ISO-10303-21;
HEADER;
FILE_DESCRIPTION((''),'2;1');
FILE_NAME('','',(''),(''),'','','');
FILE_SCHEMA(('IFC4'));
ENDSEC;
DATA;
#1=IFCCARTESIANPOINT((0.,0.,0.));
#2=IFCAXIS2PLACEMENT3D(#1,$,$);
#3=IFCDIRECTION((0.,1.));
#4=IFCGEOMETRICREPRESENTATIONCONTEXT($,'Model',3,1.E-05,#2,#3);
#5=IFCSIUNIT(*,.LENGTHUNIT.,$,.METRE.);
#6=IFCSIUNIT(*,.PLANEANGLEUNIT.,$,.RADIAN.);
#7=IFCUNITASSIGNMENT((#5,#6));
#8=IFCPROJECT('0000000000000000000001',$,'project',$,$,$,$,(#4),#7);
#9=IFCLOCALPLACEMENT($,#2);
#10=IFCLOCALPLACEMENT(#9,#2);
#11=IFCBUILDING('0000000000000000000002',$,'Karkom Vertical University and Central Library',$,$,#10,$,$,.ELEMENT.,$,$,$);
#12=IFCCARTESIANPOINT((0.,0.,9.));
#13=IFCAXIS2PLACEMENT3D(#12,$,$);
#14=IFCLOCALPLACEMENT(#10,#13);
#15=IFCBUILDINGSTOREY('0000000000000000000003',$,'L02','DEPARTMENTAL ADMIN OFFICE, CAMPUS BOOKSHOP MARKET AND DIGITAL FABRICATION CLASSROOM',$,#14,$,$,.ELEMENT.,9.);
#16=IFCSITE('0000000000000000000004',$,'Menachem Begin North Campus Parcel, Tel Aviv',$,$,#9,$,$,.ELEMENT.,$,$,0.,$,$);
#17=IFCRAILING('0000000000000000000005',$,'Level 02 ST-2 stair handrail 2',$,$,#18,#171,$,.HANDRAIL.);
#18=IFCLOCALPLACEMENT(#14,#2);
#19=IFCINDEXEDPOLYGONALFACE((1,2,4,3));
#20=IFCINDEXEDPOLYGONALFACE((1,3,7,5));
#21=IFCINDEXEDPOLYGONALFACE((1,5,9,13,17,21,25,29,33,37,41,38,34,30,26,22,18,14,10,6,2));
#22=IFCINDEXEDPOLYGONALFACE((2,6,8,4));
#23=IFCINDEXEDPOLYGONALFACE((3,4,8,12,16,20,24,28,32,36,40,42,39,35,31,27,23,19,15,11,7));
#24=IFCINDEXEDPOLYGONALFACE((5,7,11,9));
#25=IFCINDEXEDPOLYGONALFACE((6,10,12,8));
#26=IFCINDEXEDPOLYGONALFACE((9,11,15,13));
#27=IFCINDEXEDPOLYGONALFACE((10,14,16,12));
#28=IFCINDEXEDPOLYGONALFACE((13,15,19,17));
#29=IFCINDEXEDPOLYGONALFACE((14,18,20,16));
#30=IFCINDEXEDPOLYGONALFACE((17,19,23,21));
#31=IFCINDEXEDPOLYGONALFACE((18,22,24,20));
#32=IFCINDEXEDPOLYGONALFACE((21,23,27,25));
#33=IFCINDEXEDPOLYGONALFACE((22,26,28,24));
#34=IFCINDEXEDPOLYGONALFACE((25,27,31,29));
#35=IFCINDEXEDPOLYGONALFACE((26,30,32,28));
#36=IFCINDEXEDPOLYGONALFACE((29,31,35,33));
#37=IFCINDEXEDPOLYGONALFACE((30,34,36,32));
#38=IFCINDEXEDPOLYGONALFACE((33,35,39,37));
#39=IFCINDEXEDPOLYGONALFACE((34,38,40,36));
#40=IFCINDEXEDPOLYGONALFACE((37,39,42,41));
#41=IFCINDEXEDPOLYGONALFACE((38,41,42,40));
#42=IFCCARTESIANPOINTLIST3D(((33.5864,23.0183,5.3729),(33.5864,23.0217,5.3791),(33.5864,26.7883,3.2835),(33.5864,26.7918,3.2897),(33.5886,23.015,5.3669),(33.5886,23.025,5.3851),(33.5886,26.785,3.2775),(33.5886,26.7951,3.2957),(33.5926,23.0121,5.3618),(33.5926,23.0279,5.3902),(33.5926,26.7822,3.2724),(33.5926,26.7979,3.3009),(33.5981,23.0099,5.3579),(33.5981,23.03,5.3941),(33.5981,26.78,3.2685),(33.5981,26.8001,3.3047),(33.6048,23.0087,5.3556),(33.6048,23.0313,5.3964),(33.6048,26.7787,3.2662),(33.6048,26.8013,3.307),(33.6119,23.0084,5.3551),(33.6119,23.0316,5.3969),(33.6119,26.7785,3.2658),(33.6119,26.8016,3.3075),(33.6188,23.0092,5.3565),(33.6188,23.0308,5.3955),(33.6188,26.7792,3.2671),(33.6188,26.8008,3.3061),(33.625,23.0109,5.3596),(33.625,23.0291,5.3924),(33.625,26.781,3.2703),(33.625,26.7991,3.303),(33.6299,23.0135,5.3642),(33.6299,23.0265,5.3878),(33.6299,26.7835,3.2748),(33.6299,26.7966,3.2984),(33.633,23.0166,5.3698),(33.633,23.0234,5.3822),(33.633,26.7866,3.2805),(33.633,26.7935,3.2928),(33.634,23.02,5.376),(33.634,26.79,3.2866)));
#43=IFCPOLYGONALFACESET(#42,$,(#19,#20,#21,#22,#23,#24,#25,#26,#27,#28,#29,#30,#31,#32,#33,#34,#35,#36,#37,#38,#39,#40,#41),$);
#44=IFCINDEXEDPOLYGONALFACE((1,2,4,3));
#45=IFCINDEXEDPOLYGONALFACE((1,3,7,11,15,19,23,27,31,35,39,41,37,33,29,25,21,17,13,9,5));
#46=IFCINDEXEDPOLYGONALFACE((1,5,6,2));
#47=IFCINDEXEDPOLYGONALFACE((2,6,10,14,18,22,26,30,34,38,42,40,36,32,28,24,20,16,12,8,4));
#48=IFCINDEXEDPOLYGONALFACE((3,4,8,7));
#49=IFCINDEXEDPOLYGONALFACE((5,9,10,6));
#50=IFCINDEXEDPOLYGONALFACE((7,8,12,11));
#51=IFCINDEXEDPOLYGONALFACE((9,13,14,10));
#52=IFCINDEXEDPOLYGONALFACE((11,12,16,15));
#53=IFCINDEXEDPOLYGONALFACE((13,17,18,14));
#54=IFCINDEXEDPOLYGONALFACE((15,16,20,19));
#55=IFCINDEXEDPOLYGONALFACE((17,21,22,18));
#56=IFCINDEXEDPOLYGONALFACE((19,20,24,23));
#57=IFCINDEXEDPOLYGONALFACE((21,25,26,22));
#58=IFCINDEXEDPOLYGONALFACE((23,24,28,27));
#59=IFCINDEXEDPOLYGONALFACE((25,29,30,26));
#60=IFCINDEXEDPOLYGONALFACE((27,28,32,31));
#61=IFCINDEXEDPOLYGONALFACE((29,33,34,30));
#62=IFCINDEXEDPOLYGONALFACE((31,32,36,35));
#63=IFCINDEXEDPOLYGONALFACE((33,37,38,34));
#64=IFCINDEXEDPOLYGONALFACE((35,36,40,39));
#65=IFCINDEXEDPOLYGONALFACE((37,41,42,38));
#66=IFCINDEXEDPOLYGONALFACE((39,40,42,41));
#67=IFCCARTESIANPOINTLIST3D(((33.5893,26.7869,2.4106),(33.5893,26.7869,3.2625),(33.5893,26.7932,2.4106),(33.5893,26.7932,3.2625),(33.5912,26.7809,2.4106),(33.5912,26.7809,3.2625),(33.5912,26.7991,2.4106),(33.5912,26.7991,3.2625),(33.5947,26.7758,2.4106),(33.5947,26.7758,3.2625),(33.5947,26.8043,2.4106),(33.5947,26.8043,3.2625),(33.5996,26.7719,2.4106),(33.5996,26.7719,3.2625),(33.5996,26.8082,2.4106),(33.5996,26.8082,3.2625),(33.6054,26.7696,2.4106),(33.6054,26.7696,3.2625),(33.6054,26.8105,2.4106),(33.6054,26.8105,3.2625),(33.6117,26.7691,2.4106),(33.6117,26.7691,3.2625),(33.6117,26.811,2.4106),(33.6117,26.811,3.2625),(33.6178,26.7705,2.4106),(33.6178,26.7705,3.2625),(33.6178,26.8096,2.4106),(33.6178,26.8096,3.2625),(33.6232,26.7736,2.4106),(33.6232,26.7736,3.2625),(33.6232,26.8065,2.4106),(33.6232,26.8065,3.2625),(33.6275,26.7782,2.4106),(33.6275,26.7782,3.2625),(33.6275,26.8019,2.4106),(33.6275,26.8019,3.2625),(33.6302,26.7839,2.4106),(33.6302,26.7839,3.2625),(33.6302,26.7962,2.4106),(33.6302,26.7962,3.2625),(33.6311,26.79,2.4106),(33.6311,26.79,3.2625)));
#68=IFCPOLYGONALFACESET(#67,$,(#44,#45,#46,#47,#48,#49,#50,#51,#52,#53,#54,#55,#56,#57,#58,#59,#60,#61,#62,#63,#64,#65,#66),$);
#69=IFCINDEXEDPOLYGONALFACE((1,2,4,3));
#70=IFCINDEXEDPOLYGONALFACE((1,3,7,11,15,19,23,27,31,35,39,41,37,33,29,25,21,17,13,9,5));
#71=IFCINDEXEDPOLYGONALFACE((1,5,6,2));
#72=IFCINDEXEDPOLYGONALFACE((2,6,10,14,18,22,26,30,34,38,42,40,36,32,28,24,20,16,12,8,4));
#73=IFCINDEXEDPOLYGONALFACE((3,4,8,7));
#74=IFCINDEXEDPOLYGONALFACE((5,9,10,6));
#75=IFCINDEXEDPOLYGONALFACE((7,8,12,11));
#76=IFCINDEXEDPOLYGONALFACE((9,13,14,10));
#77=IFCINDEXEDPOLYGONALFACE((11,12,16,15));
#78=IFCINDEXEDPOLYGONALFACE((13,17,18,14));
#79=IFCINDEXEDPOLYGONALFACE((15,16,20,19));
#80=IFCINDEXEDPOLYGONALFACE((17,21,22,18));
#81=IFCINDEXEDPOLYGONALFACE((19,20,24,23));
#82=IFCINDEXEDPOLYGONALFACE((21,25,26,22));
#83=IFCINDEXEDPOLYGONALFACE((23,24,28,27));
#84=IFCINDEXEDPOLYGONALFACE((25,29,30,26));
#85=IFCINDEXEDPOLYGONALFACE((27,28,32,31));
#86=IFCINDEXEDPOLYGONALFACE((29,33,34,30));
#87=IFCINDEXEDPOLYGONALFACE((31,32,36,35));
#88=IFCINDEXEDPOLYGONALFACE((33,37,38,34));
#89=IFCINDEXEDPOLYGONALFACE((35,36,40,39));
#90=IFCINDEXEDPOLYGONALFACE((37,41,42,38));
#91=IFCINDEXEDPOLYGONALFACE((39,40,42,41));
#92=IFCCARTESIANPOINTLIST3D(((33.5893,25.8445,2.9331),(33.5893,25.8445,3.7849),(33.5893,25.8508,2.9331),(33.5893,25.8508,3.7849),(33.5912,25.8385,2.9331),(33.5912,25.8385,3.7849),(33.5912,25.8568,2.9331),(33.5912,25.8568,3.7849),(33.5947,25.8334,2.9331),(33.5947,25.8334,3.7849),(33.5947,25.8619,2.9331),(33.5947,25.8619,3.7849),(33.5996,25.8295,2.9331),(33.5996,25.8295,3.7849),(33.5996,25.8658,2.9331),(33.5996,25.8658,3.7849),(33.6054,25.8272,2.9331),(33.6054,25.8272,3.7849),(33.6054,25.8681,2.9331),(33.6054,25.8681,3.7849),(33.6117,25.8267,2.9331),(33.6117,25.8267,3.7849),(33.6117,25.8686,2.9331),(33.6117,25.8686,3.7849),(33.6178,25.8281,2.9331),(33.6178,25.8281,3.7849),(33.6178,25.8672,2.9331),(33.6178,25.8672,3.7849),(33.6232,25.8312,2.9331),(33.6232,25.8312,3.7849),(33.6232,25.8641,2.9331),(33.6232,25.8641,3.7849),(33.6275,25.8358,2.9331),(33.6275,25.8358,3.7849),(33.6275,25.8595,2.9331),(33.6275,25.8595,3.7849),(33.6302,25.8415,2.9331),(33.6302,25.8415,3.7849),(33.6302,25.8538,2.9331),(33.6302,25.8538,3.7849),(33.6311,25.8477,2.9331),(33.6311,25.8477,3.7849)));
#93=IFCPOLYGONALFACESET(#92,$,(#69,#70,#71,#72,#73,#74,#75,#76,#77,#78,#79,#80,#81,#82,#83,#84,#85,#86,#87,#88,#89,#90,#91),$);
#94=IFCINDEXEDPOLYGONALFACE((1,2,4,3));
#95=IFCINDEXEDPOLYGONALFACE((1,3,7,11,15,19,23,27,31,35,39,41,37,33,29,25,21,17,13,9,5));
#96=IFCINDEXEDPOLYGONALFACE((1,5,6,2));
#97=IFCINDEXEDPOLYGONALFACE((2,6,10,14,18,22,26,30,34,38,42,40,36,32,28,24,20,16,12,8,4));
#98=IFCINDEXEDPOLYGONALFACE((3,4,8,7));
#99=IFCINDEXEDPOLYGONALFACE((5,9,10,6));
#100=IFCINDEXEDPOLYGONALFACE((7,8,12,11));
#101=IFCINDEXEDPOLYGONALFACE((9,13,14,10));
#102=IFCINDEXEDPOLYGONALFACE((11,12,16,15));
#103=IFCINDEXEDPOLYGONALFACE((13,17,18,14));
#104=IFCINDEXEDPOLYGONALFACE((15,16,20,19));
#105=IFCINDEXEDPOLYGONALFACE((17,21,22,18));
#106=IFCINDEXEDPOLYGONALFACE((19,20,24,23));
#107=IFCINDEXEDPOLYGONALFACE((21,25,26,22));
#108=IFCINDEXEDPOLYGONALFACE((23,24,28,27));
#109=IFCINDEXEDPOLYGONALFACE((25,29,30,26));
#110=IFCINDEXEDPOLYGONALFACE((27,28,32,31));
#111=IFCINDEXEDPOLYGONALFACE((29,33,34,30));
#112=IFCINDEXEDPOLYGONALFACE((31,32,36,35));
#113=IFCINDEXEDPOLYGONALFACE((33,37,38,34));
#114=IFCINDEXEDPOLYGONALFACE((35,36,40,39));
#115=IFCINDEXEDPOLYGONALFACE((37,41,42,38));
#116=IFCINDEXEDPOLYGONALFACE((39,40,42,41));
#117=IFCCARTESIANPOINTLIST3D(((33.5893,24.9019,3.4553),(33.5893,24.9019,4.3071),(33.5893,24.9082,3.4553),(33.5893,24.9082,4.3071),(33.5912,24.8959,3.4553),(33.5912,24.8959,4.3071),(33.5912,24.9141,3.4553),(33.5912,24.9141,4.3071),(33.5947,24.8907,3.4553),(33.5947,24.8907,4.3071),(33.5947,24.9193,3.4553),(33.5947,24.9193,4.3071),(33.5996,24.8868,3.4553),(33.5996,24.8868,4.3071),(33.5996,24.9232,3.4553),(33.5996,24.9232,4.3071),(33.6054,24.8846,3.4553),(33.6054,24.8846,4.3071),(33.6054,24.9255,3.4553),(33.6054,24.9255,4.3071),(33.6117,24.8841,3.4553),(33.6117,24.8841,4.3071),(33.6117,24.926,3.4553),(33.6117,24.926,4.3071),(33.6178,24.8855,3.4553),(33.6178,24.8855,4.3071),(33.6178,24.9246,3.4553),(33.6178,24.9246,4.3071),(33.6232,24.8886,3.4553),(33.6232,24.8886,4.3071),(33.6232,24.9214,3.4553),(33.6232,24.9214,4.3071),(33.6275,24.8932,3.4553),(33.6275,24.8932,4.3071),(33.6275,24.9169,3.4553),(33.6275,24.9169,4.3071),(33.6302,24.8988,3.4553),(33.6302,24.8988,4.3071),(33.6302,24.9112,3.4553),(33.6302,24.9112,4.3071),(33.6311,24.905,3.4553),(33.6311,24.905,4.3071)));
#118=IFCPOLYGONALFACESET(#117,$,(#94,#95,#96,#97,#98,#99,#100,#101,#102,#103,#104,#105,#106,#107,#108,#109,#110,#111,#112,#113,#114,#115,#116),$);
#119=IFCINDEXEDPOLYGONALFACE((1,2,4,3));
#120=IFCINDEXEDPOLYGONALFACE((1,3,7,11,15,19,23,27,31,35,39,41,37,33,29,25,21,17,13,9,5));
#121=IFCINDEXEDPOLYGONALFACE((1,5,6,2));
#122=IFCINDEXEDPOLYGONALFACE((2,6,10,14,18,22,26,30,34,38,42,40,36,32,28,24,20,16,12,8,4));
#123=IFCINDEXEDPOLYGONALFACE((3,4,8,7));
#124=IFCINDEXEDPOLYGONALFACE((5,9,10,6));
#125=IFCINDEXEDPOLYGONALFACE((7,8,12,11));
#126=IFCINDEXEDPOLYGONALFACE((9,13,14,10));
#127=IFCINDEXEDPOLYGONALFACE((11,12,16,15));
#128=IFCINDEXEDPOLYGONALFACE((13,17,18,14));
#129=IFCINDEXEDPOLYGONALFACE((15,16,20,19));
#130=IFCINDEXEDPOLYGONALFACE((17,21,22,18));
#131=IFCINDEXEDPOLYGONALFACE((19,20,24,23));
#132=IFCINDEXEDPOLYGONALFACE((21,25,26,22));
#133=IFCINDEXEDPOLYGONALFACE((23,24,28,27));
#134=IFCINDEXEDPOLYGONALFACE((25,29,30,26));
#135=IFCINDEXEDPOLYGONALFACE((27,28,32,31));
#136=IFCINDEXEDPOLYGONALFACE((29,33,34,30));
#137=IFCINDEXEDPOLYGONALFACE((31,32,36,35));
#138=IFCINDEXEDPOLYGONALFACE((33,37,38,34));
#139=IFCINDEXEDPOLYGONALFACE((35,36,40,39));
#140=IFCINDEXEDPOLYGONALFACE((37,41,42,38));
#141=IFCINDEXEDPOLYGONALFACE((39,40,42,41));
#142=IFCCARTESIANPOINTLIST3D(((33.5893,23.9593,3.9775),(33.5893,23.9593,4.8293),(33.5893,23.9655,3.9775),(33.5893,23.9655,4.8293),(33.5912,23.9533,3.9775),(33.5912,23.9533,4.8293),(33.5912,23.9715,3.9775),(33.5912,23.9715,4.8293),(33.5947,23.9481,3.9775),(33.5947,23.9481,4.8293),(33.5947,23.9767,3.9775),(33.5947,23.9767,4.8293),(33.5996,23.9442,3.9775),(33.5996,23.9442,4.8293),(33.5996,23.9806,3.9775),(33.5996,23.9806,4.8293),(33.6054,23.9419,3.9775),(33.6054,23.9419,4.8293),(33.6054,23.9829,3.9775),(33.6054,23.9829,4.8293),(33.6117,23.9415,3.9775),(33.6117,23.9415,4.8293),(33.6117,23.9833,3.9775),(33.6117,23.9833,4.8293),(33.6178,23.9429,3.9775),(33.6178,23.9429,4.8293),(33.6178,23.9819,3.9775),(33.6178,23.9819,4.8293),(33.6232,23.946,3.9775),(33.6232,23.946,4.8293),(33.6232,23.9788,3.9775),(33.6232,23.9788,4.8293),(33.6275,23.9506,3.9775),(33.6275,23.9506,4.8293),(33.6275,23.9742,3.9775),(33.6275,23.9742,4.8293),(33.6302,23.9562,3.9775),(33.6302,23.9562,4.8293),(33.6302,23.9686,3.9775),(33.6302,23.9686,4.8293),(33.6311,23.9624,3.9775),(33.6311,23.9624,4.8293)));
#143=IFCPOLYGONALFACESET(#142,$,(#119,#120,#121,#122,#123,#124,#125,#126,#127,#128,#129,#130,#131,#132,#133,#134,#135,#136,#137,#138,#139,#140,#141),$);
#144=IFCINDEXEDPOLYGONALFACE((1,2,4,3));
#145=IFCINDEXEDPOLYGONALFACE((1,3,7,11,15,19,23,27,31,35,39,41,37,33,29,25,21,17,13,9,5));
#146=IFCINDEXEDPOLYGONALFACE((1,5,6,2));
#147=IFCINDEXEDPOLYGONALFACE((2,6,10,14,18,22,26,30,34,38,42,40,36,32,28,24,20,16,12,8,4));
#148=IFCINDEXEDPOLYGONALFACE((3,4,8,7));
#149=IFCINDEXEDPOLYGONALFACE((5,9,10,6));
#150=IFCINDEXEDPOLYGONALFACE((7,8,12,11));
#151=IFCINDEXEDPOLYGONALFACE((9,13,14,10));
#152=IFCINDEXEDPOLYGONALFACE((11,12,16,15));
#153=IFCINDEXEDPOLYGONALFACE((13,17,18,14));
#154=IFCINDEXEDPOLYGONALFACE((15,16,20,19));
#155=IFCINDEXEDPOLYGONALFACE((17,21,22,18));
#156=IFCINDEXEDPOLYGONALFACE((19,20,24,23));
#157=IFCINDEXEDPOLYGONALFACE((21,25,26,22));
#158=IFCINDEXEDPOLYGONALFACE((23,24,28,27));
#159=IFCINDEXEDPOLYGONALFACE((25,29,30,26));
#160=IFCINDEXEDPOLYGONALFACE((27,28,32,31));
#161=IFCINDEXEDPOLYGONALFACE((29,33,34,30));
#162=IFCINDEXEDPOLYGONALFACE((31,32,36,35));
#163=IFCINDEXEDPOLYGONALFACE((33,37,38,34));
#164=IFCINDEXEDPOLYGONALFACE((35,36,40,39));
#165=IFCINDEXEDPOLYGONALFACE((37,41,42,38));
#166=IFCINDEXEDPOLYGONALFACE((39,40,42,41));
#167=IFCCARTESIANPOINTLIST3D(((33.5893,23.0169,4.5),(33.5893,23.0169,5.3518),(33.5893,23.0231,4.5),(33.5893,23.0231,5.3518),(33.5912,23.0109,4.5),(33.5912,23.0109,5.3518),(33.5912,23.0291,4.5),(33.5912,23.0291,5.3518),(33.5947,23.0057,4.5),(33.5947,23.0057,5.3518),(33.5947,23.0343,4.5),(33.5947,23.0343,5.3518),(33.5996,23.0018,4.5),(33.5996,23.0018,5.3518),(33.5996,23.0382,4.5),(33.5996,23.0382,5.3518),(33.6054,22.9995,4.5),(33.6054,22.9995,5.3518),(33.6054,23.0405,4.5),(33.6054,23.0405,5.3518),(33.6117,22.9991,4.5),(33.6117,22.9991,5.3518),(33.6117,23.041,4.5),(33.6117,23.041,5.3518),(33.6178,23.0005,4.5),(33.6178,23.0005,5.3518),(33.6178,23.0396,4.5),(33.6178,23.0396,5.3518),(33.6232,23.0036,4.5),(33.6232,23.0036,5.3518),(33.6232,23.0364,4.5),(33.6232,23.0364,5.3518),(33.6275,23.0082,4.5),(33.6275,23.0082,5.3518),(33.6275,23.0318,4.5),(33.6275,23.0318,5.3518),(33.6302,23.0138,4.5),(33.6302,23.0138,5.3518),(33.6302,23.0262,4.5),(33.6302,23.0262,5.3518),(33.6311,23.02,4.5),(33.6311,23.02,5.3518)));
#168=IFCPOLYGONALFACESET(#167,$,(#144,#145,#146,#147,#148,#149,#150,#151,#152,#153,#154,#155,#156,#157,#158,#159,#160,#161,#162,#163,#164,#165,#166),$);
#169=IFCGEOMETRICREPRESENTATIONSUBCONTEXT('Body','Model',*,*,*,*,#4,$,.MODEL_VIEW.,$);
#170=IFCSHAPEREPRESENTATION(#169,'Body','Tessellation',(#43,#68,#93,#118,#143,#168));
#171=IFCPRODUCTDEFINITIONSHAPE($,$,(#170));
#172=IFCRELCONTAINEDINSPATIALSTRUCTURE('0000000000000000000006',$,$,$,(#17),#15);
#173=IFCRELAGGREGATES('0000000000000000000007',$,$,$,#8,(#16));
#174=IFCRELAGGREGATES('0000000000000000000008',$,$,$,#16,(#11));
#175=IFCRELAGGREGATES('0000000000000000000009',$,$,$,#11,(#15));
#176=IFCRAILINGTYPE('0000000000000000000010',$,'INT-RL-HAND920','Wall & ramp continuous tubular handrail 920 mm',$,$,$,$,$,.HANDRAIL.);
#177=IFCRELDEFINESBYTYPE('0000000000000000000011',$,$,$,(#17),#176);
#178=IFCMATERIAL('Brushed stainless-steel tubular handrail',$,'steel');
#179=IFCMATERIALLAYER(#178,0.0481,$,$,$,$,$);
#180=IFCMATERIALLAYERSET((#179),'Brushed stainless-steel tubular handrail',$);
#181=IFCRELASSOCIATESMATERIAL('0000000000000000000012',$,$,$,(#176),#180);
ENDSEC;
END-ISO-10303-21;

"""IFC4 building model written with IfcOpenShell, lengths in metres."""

from ifc_helpers import new_model, si_unit, direction, frame, origin, origin_2d, place, context, subcontext, project, spatial, circle, extrude, material, layer, layer_set, type_object, element, save


model = new_model("IFC4")

# Units and contexts
model_context = context("Model", 3, precision=1e-05, world=origin(), true_north=direction((0.0, 1.0)))
body_context = subcontext(model_context, "Body", "Model", "MODEL_VIEW")
ifc_project = project(units=[si_unit("LENGTHUNIT", "METRE"), si_unit("PLANEANGLEUNIT", "RADIAN")], contexts=[model_context])

# Site, building, storey
site_placement = place(None, origin())
site = spatial("IfcSite", under=ifc_project, at=site_placement, Name="Menachem Begin North Campus Parcel, Tel Aviv", CompositionType="ELEMENT", RefElevation=0.0)
building_placement = place(site_placement, origin())
building = spatial("IfcBuilding", under=site, at=building_placement, Name="Karkom Vertical University and Central Library", CompositionType="ELEMENT")
storey_placement = place(building_placement, frame((0.0, 0.0, 9.0)))
storey = spatial("IfcBuildingStorey", under=building, at=storey_placement, Name="L02", Description="DEPARTMENTAL ADMIN OFFICE, CAMPUS BOOKSHOP MARKET AND DIGITAL FABRICATION CLASSROOM", CompositionType="ELEMENT", Elevation=9.0)

# Railing
ifc_material_1 = material(Name="Brushed stainless-steel tubular handrail", Category="steel")
ifc_layer_1 = layer(ifc_material_1, 0.0481)
ifc_layer_set_1 = layer_set([ifc_layer_1], Name="Brushed stainless-steel tubular handrail")
railing_type_1 = type_object("IfcRailingType", Name="INT-RL-HAND920", Description="Wall & ramp continuous tubular handrail 920 mm", PredefinedType="HANDRAIL", material=ifc_layer_set_1)
railing_1_placement = place(storey_placement, frame((33.6101, 26.79, 2.4106)))
element("IfcRailing", 1, at=railing_1_placement, inside=storey, type_object=railing_type_1, Name="Level 02 ST-2 stair handrail 2", PredefinedType="HANDRAIL", context=body_context, shape_type="SweptSolid", body=[
    extrude(circle(Radius=0.0239, at=origin_2d()), frame((0.0, 0.0, 0.876), z_axis=(0.0, -0.874659, 0.484739), x_axis=(1.0, 0.0, 0.0)), (0.0, 0.0, 1.0), 4.3103),
    extrude(circle(Radius=0.021, at=origin_2d()), origin(), (0.0, 0.0, 1.0), 0.8518),
    extrude(circle(Radius=0.021, at=origin_2d()), frame((0.0, -0.9424, 0.5225)), (0.0, 0.0, 1.0), 0.8518),
    extrude(circle(Radius=0.021, at=origin_2d()), frame((0.0, -1.885, 1.0447)), (0.0, 0.0, 1.0), 0.8518),
    extrude(circle(Radius=0.021, at=origin_2d()), frame((0.0, -2.8276, 1.5669)), (0.0, 0.0, 1.0), 0.8518),
    extrude(circle(Radius=0.021, at=origin_2d()), frame((0.0, -3.77, 2.0894)), (0.0, 0.0, 1.0), 0.8518),
])

save(model, "model.ifc")
